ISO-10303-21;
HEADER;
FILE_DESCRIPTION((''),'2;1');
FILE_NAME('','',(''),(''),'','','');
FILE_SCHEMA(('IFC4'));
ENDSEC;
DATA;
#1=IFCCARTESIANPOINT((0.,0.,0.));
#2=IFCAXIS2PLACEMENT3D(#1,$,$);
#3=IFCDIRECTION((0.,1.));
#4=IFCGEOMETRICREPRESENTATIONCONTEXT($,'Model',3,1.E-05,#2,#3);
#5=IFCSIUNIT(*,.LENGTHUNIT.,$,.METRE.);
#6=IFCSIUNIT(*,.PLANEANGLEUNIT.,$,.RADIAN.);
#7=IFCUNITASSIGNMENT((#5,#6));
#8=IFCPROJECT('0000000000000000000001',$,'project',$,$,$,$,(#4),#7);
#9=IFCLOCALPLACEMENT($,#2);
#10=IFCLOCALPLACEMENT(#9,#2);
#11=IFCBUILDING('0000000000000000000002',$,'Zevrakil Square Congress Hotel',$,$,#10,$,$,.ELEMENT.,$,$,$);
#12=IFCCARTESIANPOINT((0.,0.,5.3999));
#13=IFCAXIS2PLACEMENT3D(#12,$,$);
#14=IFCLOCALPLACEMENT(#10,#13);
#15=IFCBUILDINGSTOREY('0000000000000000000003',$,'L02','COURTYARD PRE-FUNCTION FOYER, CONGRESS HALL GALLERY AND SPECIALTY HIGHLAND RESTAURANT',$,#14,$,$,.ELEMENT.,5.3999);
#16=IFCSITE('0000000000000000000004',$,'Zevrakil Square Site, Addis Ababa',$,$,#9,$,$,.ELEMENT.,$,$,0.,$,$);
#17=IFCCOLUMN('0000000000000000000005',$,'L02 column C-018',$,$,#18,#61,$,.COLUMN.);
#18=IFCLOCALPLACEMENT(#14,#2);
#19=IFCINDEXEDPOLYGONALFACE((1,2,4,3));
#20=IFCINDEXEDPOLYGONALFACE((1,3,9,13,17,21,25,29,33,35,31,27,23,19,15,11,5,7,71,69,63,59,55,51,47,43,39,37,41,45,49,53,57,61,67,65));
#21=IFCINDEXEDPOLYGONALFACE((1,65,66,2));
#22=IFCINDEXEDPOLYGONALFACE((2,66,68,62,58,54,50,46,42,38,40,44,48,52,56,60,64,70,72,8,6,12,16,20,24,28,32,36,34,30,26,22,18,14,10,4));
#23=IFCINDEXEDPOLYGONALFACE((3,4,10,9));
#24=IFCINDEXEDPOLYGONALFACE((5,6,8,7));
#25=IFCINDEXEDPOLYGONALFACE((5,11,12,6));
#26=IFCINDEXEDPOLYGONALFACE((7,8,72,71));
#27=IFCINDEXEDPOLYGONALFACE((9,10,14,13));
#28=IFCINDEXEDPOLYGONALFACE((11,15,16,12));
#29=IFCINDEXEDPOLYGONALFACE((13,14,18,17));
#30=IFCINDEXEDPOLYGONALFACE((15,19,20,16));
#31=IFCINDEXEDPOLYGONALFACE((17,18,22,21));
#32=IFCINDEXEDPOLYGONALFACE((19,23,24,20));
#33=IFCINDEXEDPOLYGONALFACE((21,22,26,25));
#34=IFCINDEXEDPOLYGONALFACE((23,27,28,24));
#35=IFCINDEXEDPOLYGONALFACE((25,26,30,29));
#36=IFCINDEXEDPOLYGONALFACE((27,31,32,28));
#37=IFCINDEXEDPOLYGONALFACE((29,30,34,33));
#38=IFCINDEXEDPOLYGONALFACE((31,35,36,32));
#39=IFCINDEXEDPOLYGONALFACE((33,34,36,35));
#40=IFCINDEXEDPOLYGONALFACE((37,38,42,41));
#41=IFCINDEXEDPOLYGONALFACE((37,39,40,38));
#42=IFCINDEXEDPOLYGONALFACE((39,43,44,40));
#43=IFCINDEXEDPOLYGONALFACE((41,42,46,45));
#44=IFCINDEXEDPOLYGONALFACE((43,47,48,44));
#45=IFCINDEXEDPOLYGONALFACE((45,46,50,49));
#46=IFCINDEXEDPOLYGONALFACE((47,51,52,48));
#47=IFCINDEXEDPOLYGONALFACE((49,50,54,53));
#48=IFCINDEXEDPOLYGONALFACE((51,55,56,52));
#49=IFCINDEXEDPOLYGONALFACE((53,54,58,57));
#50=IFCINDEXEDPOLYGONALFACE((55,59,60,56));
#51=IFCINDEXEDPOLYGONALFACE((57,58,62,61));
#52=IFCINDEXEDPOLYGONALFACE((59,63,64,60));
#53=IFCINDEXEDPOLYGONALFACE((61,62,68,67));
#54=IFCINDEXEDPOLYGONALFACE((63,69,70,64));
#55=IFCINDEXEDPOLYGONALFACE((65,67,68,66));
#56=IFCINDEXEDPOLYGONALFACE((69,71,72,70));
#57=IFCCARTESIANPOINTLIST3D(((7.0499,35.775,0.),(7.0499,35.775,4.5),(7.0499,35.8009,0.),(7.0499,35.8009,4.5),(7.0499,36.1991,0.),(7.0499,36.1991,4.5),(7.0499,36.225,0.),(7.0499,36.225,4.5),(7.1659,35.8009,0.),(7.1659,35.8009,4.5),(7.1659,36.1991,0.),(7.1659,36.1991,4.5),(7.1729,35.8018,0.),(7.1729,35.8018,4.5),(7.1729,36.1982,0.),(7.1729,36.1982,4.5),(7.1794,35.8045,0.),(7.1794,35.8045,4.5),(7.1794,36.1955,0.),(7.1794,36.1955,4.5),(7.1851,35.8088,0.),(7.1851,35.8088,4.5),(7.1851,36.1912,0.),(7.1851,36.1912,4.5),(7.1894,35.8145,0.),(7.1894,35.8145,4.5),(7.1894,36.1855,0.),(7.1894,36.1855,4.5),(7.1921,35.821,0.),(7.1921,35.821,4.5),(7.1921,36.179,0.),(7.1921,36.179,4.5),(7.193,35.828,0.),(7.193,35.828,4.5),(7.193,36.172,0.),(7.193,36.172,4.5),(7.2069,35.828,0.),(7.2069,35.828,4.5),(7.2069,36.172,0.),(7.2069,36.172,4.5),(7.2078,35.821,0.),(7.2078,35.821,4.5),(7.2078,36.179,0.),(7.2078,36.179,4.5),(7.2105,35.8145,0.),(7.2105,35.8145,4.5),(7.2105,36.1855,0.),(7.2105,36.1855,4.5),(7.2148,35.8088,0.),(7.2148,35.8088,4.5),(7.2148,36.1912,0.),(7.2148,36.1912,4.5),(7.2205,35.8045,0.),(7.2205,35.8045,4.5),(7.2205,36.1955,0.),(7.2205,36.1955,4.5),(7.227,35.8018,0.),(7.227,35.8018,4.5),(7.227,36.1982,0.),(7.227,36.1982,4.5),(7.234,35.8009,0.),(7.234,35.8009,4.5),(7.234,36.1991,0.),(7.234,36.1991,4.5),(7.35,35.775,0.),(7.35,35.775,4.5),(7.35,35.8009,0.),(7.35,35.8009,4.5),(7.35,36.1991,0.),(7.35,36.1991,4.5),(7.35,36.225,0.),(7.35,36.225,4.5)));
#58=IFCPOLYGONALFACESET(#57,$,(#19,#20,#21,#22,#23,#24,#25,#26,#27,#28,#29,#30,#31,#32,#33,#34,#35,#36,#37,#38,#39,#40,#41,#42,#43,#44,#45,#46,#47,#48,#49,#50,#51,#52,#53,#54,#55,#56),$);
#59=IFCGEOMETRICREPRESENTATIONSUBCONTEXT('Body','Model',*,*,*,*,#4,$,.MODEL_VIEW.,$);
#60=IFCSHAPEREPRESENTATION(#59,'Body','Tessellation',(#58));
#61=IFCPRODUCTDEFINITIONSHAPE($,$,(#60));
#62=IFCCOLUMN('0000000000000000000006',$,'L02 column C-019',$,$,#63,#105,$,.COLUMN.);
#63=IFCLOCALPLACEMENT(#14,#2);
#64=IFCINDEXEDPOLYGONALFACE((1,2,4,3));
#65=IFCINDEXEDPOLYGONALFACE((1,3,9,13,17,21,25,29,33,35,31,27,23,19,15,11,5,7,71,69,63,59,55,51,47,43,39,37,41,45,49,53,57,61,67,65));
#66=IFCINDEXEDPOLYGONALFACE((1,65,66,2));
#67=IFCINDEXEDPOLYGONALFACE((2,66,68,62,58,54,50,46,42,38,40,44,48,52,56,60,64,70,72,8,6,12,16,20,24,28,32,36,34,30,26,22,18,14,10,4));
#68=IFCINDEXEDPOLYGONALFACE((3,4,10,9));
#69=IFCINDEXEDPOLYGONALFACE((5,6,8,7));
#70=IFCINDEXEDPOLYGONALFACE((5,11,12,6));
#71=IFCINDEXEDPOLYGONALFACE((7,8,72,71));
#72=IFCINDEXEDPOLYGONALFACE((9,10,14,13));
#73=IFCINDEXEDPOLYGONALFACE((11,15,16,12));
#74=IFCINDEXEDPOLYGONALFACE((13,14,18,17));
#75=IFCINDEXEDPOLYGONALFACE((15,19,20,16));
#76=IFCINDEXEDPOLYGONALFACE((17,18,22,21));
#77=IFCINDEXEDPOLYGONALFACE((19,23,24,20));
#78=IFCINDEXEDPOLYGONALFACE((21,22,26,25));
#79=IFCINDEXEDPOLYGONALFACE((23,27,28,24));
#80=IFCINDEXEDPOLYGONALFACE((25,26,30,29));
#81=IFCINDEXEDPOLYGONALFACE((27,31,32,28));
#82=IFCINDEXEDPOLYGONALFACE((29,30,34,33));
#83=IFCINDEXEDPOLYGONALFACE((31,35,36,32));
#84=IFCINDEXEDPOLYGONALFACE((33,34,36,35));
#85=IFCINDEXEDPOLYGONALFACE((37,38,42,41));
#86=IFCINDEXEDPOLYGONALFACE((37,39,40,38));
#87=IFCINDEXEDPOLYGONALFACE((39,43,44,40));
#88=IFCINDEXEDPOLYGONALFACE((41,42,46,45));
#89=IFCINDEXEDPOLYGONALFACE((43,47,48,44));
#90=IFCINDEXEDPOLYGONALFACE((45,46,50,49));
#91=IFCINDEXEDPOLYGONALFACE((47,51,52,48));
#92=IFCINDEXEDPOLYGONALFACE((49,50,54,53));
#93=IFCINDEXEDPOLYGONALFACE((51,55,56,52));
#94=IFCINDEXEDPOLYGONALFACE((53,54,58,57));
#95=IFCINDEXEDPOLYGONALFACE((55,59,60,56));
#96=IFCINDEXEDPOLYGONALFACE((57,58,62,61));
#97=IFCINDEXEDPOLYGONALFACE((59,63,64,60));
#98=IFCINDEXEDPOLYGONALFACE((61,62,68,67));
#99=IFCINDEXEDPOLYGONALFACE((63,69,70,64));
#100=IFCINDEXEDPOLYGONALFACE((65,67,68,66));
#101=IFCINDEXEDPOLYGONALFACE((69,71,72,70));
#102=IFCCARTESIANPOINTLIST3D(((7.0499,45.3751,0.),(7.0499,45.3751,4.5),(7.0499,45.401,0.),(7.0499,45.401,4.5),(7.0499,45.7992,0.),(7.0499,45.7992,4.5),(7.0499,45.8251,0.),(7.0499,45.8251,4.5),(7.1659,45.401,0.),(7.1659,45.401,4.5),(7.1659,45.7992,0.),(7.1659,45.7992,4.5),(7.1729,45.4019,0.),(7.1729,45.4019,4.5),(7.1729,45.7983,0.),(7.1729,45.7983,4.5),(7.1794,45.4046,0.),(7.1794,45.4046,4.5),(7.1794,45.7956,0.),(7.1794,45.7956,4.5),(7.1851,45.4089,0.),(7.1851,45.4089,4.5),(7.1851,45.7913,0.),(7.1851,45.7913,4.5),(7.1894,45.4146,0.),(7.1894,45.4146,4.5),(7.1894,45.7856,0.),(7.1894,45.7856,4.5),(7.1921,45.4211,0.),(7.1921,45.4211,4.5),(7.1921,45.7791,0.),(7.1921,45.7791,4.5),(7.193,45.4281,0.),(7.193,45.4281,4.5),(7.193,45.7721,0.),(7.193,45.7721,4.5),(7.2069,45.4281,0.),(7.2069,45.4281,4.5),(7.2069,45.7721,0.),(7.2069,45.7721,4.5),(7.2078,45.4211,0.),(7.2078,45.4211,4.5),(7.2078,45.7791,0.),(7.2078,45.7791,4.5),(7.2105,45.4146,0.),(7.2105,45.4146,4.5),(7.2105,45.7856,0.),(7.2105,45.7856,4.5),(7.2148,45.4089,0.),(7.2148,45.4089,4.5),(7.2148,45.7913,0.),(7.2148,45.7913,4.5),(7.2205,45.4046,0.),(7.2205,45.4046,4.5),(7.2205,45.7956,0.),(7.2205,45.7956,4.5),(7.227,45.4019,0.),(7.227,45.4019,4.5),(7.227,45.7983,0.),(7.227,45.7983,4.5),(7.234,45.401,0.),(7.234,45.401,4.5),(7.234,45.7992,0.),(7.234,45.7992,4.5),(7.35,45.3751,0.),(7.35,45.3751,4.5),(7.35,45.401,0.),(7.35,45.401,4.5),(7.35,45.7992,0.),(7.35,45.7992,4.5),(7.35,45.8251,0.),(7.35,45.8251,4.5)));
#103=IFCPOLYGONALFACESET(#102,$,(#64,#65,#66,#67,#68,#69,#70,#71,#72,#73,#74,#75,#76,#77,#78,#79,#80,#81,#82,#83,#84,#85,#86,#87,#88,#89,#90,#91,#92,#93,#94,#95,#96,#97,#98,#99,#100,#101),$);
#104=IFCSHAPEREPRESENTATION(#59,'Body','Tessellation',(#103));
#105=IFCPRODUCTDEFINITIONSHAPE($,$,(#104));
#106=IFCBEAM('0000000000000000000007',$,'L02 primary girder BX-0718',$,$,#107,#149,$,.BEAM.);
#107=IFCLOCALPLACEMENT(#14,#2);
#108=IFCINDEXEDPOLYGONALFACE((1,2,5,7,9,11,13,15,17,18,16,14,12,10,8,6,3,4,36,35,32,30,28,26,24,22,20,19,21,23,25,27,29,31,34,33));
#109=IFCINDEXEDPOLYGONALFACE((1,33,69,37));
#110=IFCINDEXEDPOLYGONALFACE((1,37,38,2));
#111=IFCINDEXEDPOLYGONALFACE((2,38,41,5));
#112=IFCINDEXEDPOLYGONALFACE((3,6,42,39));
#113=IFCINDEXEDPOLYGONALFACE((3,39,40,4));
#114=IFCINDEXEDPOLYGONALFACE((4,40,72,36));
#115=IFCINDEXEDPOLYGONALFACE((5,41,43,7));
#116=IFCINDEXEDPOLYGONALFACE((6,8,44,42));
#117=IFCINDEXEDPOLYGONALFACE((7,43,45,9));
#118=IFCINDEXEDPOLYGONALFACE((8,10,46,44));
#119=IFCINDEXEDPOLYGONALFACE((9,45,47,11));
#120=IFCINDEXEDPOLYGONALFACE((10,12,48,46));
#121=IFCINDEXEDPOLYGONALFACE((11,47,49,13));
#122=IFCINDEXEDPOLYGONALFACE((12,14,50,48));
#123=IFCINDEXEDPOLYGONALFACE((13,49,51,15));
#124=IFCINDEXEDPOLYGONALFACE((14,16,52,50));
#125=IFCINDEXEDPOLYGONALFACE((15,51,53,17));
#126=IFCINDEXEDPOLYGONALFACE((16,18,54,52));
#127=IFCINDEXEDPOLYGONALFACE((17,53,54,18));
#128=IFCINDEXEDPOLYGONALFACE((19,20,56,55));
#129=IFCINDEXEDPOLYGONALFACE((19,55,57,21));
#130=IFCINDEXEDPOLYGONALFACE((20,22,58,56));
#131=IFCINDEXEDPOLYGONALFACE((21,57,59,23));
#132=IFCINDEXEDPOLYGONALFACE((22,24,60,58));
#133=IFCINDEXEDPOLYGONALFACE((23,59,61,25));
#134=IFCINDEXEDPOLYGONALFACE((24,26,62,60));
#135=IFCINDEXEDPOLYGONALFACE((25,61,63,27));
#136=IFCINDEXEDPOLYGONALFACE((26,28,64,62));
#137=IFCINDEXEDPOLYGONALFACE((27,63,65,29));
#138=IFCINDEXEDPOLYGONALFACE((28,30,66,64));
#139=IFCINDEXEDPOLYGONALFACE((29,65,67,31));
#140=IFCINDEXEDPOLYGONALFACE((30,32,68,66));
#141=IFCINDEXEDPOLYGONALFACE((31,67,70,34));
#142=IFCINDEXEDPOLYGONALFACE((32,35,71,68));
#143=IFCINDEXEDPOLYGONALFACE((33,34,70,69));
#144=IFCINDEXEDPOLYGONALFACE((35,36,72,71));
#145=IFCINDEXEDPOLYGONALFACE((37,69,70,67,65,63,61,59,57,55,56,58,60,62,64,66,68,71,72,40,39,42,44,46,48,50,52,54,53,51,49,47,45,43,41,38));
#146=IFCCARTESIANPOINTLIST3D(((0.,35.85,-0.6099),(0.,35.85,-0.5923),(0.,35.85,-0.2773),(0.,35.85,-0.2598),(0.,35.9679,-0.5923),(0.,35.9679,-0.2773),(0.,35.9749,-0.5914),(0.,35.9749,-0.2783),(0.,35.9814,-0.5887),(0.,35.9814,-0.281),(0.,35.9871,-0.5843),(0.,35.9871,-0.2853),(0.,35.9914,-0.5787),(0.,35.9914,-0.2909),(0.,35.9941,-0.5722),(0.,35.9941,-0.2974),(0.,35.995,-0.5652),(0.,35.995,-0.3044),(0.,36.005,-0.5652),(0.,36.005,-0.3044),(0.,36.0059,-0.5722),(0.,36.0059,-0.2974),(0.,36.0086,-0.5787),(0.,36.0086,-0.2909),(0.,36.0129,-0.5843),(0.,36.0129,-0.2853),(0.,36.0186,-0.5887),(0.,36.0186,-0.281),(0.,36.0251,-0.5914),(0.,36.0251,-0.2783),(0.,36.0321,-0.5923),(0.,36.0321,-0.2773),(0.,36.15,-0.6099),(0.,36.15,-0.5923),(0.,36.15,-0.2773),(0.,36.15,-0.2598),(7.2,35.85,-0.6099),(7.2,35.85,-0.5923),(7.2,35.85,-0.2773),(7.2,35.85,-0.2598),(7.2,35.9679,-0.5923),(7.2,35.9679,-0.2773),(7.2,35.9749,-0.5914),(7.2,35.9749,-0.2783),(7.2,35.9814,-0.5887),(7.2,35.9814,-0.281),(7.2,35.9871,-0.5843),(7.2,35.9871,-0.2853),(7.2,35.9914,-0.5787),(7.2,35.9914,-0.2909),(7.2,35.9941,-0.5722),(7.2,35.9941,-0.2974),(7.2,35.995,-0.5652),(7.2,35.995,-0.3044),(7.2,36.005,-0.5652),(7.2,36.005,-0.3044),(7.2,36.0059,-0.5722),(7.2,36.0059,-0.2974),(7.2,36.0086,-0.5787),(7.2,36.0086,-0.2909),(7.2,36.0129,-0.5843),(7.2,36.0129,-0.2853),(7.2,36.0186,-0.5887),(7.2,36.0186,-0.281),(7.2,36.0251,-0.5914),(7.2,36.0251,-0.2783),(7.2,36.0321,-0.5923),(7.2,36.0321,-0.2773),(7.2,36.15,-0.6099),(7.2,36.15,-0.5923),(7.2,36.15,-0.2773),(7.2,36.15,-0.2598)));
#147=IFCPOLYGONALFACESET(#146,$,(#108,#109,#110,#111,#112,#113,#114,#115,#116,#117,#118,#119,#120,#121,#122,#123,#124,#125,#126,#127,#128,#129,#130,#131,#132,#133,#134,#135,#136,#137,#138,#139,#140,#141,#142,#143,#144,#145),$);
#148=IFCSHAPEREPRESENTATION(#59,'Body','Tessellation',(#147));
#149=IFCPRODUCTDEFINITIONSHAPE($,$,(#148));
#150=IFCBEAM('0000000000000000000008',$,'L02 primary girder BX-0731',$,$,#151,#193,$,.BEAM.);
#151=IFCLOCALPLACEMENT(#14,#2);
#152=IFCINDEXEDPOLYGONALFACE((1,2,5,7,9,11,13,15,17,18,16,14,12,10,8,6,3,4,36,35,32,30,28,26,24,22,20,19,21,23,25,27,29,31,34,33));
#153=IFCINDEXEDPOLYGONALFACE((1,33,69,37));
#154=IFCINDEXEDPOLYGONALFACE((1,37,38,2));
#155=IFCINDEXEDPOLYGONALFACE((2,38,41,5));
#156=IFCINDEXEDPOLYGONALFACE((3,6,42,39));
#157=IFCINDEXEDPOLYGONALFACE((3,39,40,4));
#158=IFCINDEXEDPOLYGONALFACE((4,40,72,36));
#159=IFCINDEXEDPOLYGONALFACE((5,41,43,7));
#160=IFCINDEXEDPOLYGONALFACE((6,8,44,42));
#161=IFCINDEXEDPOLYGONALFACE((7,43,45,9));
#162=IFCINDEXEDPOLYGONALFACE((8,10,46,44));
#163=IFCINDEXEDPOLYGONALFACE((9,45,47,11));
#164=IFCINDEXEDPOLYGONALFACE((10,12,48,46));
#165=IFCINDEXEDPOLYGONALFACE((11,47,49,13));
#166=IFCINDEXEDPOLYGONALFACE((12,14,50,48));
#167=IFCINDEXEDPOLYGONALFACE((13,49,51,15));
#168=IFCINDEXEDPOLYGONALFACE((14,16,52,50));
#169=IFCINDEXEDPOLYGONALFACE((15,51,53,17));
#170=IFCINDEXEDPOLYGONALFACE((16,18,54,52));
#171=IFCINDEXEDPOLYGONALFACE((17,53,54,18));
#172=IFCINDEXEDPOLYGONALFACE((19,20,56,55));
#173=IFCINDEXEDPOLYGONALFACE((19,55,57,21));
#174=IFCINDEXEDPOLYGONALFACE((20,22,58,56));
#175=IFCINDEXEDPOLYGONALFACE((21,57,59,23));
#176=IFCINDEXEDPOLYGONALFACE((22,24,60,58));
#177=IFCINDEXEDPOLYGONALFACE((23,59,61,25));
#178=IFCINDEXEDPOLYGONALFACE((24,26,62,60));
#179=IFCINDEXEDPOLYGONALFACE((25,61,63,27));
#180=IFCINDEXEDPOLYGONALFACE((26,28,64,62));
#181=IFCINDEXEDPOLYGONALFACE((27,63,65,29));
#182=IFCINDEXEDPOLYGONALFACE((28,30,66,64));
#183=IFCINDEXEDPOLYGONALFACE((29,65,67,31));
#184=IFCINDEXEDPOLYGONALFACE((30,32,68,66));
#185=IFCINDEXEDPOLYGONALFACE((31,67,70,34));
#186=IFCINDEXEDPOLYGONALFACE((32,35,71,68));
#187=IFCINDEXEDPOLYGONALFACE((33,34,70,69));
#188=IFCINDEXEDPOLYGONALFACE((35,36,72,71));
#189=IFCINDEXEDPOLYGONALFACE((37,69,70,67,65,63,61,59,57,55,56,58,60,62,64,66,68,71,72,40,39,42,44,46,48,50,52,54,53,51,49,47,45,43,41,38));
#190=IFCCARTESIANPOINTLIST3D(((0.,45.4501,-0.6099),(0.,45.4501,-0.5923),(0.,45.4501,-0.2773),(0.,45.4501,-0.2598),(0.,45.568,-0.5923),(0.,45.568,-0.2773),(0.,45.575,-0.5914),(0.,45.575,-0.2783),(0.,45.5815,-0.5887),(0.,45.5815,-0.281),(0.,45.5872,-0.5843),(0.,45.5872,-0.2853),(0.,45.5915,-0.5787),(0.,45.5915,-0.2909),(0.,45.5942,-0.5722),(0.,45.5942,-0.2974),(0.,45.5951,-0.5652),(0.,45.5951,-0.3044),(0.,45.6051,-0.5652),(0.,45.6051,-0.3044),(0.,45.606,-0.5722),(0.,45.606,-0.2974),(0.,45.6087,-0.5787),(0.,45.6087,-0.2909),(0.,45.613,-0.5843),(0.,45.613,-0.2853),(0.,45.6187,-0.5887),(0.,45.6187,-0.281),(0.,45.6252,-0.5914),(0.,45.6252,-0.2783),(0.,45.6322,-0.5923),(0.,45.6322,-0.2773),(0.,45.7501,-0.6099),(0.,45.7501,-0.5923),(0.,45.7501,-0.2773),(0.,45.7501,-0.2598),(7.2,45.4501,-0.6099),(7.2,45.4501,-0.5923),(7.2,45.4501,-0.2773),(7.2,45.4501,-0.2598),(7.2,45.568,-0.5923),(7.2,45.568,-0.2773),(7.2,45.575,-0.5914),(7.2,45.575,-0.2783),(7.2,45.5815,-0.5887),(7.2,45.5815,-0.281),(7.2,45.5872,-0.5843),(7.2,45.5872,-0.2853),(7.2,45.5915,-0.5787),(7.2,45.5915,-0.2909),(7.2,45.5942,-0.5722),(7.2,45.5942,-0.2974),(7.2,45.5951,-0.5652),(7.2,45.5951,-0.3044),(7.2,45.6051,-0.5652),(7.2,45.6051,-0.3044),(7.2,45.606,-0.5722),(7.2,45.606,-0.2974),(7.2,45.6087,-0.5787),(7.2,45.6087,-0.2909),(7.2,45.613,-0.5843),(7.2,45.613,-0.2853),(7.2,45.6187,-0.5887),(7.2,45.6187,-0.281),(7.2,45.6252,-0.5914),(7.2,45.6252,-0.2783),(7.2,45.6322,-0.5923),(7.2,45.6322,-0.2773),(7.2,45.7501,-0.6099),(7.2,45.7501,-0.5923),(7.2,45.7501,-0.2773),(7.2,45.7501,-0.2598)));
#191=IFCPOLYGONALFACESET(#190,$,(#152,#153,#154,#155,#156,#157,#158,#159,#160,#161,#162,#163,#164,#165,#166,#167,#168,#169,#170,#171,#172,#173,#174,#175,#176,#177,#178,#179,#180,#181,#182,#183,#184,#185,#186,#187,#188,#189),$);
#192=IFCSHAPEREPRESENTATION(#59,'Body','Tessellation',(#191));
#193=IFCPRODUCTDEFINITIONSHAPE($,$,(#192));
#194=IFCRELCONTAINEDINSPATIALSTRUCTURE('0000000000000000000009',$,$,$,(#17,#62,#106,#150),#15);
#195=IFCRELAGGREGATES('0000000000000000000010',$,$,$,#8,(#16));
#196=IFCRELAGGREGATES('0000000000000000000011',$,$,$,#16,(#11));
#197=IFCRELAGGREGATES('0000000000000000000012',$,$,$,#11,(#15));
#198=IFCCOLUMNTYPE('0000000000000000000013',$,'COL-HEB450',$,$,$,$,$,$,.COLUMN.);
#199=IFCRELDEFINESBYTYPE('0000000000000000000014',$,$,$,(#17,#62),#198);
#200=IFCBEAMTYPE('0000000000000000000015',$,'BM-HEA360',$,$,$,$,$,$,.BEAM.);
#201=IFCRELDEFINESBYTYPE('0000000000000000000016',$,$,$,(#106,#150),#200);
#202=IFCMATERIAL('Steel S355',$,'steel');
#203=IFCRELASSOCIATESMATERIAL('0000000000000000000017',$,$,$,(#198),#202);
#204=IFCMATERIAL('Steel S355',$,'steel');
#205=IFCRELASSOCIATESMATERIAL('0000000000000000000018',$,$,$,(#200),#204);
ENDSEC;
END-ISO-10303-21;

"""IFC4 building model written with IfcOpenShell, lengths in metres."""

from ifc_helpers import new_model, si_unit, direction, frame, origin, origin_2d, place, context, subcontext, project, spatial, i_section, extrude, material, material_profile, profile_set, type_object, element, save


model = new_model("IFC4")

# Units and contexts
model_context = context("Model", 3, precision=1e-05, world=origin(), true_north=direction((0.0, 1.0)))
body_context = subcontext(model_context, "Body", "Model", "MODEL_VIEW")
ifc_project = project(units=[si_unit("LENGTHUNIT", "METRE"), si_unit("PLANEANGLEUNIT", "RADIAN")], contexts=[model_context])

# Site, building, storey
site_placement = place(None, origin())
site = spatial("IfcSite", under=ifc_project, at=site_placement, Name="Zevrakil Square Site, Addis Ababa", CompositionType="ELEMENT", RefElevation=0.0)
building_placement = place(site_placement, origin())
building = spatial("IfcBuilding", under=site, at=building_placement, Name="Zevrakil Square Congress Hotel", CompositionType="ELEMENT")
storey_placement = place(building_placement, frame((0.0, 0.0, 5.3999)))
storey = spatial("IfcBuildingStorey", under=building, at=storey_placement, Name="L02", Description="COURTYARD PRE-FUNCTION FOYER, CONGRESS HALL GALLERY AND SPECIALTY HIGHLAND RESTAURANT", CompositionType="ELEMENT", Elevation=5.3999)

# Columns
ifc_material_1 = material(Name="Steel S355", Category="steel")
ifc_material_profile_1 = material_profile(ifc_material_1, i_section(OverallWidth=0.3, OverallDepth=0.45, WebThickness=0.0139, FlangeThickness=0.0259, FilletRadius=0.0271, at=origin_2d()), Name="HEB 450")
ifc_profile_set_1 = profile_set([ifc_material_profile_1], Name="Steel S355")
column_type = type_object("IfcColumnType", Name="COL-HEB450", PredefinedType="COLUMN", material=ifc_profile_set_1)
for number, where, z_axis, x_axis, name in (
    (1, (7.2, 36.0, 0.0), (0.0, 0.0, 1.0), (1.0, 0.0, 0.0), "L02 column C-018"),
    (2, (7.2, 45.6001, 0.0), (0.0, 0.0, 1.0), (1.0, 0.0, 0.0), "L02 column C-019"),
):
    element("IfcColumn", number, at=place(storey_placement, frame(where, z_axis=z_axis, x_axis=x_axis)), inside=storey, type_object=column_type, Name=name, PredefinedType="COLUMN", context=body_context, shape_type="SweptSolid", body=[
        extrude(i_section(OverallWidth=0.3, OverallDepth=0.45, WebThickness=0.0139, FlangeThickness=0.0259, FilletRadius=0.0271, at=origin_2d()), origin(), (0.0, 0.0, 1.0), 4.5),
    ])

# Beams
ifc_material_2 = material(Name="Steel S355", Category="steel")
ifc_material_profile_2 = material_profile(ifc_material_2, i_section(OverallWidth=0.3, OverallDepth=0.3501, WebThickness=0.01, FlangeThickness=0.0176, FilletRadius=0.0271, at=origin_2d()), Name="HEA 360")
ifc_profile_set_2 = profile_set([ifc_material_profile_2], Name="Steel S355")
beam_type_1 = type_object("IfcBeamType", Name="BM-HEA360", PredefinedType="BEAM", material=ifc_profile_set_2)
for number, where, z_axis, x_axis, name in (
    (3, (0.0, 36.0, -0.4348), (1.0, 0.0, 0.0), (0.0, 1.0, 0.0), "L02 primary girder BX-0718"),
    (4, (0.0, 45.6001, -0.4348), (1.0, 0.0, 0.0), (0.0, 1.0, 0.0), "L02 primary girder BX-0731"),
):
    element("IfcBeam", number, at=place(storey_placement, frame(where, z_axis=z_axis, x_axis=x_axis)), inside=storey, type_object=beam_type_1, Name=name, PredefinedType="BEAM", context=body_context, shape_type="SweptSolid", body=[
        extrude(i_section(OverallWidth=0.3, OverallDepth=0.3501, WebThickness=0.01, FlangeThickness=0.0176, FilletRadius=0.0271, at=origin_2d()), origin(), (0.0, 0.0, 1.0), 7.2),
    ])

save(model, "model.ifc")
